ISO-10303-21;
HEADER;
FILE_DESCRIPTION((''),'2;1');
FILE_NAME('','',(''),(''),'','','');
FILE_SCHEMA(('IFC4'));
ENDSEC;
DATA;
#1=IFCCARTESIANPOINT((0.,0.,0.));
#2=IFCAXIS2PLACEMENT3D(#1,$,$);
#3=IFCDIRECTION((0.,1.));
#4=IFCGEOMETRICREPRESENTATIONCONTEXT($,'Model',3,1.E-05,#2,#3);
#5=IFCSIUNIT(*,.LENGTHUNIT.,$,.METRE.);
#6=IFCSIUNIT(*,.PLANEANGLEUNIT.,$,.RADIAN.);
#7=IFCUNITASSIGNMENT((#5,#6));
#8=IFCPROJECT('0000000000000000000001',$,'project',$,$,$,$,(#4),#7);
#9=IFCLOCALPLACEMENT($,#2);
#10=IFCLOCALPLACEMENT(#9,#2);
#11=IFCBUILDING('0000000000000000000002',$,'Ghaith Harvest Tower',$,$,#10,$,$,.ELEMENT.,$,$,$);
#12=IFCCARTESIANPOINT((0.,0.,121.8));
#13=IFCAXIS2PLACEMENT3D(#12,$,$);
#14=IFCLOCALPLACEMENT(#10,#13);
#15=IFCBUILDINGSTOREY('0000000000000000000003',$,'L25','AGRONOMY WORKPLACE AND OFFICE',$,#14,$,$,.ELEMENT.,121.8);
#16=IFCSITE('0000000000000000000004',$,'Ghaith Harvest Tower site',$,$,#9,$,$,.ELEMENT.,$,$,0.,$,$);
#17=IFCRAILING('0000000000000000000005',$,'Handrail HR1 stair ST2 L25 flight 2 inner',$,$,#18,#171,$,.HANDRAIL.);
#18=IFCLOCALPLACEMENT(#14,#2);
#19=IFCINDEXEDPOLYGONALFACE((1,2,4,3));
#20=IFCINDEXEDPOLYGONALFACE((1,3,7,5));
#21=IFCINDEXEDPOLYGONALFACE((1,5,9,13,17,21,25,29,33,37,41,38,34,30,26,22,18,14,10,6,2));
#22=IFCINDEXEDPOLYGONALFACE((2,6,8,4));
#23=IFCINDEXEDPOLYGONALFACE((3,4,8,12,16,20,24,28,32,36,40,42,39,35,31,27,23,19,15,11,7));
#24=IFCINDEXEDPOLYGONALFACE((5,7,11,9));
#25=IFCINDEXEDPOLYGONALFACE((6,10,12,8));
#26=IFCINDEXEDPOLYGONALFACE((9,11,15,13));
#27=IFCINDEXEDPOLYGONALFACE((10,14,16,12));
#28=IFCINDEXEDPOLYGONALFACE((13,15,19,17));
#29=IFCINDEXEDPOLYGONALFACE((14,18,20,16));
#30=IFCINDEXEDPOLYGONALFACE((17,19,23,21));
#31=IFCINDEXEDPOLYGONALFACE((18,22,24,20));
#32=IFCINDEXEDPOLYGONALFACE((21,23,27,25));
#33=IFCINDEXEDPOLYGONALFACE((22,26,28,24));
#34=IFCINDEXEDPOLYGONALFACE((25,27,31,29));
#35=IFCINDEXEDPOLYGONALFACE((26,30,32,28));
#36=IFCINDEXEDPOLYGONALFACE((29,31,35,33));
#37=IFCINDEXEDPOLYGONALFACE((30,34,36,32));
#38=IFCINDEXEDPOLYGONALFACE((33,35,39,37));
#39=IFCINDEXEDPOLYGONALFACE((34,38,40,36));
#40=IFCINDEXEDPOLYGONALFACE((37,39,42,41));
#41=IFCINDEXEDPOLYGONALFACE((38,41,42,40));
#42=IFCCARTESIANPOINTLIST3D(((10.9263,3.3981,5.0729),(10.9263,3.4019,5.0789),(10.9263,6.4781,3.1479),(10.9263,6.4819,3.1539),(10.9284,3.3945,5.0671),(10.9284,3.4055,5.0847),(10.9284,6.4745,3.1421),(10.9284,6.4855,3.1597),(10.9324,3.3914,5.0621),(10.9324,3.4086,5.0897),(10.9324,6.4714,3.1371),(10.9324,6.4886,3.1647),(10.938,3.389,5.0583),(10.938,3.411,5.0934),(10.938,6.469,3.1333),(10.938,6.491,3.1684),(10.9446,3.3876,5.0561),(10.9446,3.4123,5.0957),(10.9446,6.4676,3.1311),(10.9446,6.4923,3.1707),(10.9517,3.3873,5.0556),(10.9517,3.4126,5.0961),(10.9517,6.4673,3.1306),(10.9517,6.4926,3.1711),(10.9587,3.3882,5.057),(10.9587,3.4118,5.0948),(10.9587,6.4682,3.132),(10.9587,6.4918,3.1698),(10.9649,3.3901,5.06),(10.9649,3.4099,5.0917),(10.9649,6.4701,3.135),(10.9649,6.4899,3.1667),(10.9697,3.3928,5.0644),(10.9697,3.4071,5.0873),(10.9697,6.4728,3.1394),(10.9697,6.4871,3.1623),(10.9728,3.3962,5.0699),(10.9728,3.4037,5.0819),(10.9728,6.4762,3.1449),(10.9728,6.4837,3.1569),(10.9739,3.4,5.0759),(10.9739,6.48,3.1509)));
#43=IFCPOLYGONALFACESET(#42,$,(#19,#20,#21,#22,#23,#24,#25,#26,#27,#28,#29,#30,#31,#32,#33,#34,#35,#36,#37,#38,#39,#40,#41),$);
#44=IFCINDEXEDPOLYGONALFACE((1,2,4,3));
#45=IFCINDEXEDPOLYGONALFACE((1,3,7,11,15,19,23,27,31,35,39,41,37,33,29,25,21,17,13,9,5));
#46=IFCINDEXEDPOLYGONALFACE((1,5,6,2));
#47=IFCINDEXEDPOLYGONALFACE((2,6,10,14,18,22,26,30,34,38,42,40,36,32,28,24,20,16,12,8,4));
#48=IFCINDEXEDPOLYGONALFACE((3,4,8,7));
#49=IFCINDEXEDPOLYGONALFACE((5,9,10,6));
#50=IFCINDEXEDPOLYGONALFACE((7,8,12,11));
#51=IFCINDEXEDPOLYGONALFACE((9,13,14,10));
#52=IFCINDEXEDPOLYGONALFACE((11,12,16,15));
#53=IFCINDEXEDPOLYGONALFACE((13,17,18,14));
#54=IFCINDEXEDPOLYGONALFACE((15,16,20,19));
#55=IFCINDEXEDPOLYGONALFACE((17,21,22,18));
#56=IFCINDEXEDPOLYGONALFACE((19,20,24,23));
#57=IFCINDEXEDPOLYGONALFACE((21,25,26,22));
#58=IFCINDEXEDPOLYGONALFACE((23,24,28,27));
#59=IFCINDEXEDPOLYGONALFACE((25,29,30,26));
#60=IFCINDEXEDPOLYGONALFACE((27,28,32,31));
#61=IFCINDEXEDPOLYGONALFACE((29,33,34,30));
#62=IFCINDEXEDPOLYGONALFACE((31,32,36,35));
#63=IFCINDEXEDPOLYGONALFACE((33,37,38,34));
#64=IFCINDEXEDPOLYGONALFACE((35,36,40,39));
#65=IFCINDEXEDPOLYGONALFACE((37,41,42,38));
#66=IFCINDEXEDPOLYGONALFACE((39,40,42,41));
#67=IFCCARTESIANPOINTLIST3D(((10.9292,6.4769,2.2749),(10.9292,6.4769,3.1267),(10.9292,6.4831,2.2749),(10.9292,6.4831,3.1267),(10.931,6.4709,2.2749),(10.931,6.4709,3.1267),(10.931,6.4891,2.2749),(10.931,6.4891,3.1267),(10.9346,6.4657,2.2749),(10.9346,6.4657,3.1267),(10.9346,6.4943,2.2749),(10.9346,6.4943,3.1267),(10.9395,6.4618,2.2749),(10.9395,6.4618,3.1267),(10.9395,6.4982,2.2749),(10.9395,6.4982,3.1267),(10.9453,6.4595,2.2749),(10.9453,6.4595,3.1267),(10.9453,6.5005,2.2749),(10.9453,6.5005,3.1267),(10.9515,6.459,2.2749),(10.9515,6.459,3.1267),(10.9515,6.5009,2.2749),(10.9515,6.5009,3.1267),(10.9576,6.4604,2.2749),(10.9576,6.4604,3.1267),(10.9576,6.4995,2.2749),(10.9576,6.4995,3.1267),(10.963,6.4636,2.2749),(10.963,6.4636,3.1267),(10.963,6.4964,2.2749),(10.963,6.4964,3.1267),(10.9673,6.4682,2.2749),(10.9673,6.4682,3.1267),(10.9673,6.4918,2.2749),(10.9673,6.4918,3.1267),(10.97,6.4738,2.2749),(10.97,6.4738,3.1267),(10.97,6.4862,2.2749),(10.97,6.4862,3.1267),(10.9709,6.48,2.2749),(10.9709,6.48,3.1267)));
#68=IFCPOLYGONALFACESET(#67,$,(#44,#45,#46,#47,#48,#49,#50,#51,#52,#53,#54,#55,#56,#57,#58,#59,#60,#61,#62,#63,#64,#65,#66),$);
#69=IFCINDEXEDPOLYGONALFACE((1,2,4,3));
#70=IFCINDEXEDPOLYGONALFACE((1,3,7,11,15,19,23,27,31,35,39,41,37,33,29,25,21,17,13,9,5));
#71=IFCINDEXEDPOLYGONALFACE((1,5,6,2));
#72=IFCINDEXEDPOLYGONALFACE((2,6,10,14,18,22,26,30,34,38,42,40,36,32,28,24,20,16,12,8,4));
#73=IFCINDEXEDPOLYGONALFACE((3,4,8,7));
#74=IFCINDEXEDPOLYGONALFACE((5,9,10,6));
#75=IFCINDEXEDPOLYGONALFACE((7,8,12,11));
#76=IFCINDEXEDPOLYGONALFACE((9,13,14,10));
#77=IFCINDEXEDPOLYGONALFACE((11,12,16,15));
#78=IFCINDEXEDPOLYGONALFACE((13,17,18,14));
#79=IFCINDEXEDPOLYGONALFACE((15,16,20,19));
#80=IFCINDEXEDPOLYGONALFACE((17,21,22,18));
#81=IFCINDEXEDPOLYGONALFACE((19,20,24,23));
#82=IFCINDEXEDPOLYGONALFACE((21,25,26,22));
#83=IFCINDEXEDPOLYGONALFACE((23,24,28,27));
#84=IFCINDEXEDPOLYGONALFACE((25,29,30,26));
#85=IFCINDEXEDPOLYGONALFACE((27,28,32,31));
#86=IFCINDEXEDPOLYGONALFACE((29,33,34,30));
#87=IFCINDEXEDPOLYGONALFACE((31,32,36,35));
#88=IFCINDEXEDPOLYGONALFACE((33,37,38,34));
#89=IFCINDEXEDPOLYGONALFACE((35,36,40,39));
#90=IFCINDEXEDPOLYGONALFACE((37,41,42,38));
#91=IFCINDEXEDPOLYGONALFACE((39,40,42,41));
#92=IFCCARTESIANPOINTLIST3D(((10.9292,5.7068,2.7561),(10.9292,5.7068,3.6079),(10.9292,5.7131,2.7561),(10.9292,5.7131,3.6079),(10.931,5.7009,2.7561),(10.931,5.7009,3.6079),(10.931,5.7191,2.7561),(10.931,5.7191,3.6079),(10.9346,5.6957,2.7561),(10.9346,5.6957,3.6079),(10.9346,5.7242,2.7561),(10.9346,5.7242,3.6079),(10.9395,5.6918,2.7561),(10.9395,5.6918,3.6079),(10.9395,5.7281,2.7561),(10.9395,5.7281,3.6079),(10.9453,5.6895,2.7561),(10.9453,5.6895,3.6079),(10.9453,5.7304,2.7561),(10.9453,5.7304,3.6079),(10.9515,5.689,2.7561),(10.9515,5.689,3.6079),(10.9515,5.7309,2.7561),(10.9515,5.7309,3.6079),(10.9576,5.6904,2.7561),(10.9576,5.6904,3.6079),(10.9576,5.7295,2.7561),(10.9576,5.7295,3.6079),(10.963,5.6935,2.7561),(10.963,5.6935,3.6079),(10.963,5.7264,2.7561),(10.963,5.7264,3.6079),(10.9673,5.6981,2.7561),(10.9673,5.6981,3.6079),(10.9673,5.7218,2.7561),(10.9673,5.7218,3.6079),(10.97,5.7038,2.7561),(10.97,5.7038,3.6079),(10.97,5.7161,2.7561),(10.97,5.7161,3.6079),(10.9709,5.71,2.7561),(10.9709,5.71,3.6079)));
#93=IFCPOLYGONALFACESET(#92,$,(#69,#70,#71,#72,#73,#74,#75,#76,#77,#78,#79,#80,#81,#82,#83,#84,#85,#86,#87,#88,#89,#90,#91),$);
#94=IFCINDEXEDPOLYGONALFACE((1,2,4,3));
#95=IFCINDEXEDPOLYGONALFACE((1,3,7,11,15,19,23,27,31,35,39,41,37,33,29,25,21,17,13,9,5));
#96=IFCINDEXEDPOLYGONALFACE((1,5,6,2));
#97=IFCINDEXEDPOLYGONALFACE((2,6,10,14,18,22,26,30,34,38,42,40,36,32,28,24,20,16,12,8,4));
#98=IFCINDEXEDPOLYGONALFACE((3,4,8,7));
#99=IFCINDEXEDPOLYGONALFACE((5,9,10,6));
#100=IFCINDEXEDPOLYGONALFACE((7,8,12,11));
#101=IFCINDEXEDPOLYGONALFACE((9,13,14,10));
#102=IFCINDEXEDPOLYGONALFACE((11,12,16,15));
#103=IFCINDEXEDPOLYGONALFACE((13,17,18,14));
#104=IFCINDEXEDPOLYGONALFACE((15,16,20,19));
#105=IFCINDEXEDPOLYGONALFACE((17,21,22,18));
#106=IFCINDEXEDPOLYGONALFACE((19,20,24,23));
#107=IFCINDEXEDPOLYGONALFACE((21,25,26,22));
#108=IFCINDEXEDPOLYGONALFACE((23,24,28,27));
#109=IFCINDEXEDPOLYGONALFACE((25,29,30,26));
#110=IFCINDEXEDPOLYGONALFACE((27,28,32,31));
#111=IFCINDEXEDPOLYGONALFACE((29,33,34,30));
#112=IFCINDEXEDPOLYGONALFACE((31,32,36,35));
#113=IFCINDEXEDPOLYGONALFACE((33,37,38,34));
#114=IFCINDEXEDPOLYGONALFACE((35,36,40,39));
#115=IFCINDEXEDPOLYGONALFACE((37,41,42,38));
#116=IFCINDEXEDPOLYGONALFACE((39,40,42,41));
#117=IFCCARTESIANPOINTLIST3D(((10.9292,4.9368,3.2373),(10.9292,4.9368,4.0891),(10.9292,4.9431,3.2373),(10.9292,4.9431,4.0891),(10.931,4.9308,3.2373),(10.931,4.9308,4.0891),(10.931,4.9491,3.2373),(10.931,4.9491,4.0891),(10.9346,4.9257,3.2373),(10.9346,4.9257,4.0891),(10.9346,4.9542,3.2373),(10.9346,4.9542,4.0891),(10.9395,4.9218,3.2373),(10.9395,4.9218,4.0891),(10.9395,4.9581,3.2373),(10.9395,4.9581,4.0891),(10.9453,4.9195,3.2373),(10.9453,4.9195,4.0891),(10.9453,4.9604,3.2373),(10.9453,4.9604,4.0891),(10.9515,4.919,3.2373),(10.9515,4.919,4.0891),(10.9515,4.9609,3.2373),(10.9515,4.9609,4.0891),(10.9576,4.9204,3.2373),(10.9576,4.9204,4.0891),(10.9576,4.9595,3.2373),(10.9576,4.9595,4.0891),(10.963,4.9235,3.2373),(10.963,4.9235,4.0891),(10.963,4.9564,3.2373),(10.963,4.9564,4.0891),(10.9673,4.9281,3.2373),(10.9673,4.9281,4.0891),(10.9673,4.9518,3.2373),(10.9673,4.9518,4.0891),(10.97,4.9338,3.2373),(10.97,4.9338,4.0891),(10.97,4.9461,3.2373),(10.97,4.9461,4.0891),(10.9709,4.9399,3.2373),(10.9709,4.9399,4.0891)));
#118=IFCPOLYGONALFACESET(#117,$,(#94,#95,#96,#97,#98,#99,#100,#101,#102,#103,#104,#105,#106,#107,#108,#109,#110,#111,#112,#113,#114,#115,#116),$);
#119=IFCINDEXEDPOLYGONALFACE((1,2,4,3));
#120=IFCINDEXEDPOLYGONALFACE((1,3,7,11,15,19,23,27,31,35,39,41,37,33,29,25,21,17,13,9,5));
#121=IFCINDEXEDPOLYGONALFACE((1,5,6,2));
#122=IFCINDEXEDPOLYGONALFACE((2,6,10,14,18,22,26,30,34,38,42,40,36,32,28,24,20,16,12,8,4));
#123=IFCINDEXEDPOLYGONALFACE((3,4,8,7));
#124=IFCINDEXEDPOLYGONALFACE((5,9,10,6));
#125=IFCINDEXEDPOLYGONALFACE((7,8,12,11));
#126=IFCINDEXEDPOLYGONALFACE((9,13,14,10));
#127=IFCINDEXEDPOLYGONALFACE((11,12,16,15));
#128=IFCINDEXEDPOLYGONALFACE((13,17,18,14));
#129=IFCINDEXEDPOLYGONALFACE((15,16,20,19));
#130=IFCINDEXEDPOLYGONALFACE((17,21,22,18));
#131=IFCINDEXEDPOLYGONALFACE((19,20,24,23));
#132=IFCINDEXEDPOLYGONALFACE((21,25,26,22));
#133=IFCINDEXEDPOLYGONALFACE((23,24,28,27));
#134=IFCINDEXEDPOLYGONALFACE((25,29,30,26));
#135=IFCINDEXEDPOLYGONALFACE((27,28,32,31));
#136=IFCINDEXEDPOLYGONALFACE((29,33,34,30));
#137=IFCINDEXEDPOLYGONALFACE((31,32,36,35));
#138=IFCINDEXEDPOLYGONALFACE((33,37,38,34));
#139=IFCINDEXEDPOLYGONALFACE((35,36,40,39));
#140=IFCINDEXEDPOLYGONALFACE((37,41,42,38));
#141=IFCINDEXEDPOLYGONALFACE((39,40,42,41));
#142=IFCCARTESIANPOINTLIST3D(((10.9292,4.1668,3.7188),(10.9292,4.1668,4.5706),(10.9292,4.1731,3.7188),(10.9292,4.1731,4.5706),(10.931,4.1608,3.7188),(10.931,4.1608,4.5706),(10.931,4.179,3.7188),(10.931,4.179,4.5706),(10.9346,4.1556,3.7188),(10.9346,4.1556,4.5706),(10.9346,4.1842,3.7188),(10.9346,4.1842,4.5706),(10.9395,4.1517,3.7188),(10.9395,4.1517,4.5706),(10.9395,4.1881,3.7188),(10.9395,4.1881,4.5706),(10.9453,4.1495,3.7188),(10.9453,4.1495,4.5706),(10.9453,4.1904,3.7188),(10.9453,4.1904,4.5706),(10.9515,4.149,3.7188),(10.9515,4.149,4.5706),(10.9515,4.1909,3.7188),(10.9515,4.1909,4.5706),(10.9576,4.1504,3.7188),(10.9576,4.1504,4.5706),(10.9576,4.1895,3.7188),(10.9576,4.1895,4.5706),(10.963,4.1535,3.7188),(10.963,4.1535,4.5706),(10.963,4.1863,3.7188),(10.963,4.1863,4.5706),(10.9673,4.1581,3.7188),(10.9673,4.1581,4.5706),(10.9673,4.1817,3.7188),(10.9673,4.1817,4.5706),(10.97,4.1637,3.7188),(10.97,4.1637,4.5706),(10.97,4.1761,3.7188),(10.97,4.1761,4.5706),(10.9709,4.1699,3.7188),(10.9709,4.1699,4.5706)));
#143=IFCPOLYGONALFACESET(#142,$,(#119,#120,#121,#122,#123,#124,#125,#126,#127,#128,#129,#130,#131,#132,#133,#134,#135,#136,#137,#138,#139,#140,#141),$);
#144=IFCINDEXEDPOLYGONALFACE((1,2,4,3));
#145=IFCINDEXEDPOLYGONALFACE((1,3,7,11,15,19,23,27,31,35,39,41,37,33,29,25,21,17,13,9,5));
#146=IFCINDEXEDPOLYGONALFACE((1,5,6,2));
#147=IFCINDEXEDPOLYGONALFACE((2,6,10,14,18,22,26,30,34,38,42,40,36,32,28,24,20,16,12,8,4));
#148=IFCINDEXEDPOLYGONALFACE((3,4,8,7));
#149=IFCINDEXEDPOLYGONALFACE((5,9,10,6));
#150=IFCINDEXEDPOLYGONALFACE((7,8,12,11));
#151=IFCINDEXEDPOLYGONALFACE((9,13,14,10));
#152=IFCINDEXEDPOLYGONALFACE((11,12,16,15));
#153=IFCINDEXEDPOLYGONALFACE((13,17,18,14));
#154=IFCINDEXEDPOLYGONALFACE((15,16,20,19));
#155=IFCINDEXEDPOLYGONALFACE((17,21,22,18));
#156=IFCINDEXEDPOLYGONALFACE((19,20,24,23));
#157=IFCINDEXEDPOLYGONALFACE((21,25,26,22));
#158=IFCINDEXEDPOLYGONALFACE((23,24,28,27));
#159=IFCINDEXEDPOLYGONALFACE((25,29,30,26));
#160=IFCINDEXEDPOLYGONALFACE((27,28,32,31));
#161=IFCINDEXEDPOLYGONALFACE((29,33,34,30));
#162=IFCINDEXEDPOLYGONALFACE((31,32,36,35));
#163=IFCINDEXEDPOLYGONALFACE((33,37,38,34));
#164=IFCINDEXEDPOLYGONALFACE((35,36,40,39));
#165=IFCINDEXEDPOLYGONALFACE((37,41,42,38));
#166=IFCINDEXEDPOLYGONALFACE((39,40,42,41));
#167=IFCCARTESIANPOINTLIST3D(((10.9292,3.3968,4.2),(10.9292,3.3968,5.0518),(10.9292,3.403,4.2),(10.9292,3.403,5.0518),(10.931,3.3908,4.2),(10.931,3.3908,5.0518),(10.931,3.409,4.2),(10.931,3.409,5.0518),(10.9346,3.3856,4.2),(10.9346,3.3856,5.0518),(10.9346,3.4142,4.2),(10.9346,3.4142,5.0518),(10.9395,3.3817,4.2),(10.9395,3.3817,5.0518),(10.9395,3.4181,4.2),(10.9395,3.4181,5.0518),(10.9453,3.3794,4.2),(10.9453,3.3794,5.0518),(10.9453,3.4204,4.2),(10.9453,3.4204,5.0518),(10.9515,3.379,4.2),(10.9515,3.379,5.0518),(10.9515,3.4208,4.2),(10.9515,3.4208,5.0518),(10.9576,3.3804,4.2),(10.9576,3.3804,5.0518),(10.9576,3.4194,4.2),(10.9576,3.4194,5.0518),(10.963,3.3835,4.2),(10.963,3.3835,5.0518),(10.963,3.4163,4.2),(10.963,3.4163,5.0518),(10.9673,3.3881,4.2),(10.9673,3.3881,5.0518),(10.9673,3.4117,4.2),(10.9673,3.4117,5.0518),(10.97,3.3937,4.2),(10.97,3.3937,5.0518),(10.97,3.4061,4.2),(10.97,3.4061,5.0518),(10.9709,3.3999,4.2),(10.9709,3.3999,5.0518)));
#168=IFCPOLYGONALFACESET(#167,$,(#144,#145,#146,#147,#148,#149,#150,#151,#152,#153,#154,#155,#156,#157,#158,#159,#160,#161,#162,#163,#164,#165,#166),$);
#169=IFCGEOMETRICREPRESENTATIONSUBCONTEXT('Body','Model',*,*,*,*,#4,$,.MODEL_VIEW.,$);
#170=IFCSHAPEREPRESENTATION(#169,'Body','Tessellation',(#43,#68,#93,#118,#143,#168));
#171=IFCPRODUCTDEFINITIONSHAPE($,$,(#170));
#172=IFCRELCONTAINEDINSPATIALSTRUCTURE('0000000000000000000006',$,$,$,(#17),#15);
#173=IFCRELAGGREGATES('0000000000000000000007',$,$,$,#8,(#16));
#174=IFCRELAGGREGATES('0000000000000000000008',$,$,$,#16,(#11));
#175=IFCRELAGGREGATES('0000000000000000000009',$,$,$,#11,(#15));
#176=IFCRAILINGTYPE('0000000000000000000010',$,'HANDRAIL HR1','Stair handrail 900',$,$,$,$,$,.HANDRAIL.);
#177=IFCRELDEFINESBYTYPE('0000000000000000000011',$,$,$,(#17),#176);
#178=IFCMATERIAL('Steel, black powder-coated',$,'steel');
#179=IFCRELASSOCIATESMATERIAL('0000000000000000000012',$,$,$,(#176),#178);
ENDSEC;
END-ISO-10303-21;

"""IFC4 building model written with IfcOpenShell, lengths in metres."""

from ifc_helpers import new_model, si_unit, direction, frame, origin, origin_2d, place, context, subcontext, project, spatial, circle, extrude, material, type_object, element, save


model = new_model("IFC4")

# Units and contexts
model_context = context("Model", 3, precision=1e-05, world=origin(), true_north=direction((0.0, 1.0)))
body_context = subcontext(model_context, "Body", "Model", "MODEL_VIEW")
ifc_project = project(units=[si_unit("LENGTHUNIT", "METRE"), si_unit("PLANEANGLEUNIT", "RADIAN")], contexts=[model_context])

# Site, building, storey
site_placement = place(None, origin())
site = spatial("IfcSite", under=ifc_project, at=site_placement, Name="Ghaith Harvest Tower site", CompositionType="ELEMENT", RefElevation=0.0)
building_placement = place(site_placement, origin())
building = spatial("IfcBuilding", under=site, at=building_placement, Name="Ghaith Harvest Tower", CompositionType="ELEMENT")
storey_placement = place(building_placement, frame((0.0, 0.0, 121.8)))
storey = spatial("IfcBuildingStorey", under=building, at=storey_placement, Name="L25", Description="AGRONOMY WORKPLACE AND OFFICE", CompositionType="ELEMENT", Elevation=121.8)

# Railing
ifc_material_1 = material(Name="Steel, black powder-coated", Category="steel")
railing_type = type_object("IfcRailingType", Name="HANDRAIL HR1", Description="Stair handrail 900", PredefinedType="HANDRAIL", material=ifc_material_1)
railing_1_placement = place(storey_placement, frame((10.95, 6.48, 2.2749)))
element("IfcRailing", 1, at=railing_1_placement, inside=storey, type_object=railing_type, Name="Handrail HR1 stair ST2 L25 flight 2 inner", PredefinedType="HANDRAIL", context=body_context, shape_type="SweptSolid", body=[
    extrude(circle(Radius=0.0239, at=origin_2d()), frame((0.0, 0.0, 0.876), z_axis=(0.0, -0.847998, 0.529999), x_axis=(1.0, 0.0, 0.0)), (0.0, 0.0, 1.0), 3.6321),
    extrude(circle(Radius=0.021, at=origin_2d()), origin(), (0.0, 0.0, 1.0), 0.8518),
    extrude(circle(Radius=0.021, at=origin_2d()), frame((0.0, -0.77, 0.4812)), (0.0, 0.0, 1.0), 0.8518),
    extrude(circle(Radius=0.021, at=origin_2d()), frame((0.0, -1.54, 0.9624)), (0.0, 0.0, 1.0), 0.8518),
    extrude(circle(Radius=0.021, at=origin_2d()), frame((0.0, -2.3101, 1.4438)), (0.0, 0.0, 1.0), 0.8518),
    extrude(circle(Radius=0.021, at=origin_2d()), frame((0.0, -3.0801, 1.925)), (0.0, 0.0, 1.0), 0.8518),
])

save(model, "model.ifc")
